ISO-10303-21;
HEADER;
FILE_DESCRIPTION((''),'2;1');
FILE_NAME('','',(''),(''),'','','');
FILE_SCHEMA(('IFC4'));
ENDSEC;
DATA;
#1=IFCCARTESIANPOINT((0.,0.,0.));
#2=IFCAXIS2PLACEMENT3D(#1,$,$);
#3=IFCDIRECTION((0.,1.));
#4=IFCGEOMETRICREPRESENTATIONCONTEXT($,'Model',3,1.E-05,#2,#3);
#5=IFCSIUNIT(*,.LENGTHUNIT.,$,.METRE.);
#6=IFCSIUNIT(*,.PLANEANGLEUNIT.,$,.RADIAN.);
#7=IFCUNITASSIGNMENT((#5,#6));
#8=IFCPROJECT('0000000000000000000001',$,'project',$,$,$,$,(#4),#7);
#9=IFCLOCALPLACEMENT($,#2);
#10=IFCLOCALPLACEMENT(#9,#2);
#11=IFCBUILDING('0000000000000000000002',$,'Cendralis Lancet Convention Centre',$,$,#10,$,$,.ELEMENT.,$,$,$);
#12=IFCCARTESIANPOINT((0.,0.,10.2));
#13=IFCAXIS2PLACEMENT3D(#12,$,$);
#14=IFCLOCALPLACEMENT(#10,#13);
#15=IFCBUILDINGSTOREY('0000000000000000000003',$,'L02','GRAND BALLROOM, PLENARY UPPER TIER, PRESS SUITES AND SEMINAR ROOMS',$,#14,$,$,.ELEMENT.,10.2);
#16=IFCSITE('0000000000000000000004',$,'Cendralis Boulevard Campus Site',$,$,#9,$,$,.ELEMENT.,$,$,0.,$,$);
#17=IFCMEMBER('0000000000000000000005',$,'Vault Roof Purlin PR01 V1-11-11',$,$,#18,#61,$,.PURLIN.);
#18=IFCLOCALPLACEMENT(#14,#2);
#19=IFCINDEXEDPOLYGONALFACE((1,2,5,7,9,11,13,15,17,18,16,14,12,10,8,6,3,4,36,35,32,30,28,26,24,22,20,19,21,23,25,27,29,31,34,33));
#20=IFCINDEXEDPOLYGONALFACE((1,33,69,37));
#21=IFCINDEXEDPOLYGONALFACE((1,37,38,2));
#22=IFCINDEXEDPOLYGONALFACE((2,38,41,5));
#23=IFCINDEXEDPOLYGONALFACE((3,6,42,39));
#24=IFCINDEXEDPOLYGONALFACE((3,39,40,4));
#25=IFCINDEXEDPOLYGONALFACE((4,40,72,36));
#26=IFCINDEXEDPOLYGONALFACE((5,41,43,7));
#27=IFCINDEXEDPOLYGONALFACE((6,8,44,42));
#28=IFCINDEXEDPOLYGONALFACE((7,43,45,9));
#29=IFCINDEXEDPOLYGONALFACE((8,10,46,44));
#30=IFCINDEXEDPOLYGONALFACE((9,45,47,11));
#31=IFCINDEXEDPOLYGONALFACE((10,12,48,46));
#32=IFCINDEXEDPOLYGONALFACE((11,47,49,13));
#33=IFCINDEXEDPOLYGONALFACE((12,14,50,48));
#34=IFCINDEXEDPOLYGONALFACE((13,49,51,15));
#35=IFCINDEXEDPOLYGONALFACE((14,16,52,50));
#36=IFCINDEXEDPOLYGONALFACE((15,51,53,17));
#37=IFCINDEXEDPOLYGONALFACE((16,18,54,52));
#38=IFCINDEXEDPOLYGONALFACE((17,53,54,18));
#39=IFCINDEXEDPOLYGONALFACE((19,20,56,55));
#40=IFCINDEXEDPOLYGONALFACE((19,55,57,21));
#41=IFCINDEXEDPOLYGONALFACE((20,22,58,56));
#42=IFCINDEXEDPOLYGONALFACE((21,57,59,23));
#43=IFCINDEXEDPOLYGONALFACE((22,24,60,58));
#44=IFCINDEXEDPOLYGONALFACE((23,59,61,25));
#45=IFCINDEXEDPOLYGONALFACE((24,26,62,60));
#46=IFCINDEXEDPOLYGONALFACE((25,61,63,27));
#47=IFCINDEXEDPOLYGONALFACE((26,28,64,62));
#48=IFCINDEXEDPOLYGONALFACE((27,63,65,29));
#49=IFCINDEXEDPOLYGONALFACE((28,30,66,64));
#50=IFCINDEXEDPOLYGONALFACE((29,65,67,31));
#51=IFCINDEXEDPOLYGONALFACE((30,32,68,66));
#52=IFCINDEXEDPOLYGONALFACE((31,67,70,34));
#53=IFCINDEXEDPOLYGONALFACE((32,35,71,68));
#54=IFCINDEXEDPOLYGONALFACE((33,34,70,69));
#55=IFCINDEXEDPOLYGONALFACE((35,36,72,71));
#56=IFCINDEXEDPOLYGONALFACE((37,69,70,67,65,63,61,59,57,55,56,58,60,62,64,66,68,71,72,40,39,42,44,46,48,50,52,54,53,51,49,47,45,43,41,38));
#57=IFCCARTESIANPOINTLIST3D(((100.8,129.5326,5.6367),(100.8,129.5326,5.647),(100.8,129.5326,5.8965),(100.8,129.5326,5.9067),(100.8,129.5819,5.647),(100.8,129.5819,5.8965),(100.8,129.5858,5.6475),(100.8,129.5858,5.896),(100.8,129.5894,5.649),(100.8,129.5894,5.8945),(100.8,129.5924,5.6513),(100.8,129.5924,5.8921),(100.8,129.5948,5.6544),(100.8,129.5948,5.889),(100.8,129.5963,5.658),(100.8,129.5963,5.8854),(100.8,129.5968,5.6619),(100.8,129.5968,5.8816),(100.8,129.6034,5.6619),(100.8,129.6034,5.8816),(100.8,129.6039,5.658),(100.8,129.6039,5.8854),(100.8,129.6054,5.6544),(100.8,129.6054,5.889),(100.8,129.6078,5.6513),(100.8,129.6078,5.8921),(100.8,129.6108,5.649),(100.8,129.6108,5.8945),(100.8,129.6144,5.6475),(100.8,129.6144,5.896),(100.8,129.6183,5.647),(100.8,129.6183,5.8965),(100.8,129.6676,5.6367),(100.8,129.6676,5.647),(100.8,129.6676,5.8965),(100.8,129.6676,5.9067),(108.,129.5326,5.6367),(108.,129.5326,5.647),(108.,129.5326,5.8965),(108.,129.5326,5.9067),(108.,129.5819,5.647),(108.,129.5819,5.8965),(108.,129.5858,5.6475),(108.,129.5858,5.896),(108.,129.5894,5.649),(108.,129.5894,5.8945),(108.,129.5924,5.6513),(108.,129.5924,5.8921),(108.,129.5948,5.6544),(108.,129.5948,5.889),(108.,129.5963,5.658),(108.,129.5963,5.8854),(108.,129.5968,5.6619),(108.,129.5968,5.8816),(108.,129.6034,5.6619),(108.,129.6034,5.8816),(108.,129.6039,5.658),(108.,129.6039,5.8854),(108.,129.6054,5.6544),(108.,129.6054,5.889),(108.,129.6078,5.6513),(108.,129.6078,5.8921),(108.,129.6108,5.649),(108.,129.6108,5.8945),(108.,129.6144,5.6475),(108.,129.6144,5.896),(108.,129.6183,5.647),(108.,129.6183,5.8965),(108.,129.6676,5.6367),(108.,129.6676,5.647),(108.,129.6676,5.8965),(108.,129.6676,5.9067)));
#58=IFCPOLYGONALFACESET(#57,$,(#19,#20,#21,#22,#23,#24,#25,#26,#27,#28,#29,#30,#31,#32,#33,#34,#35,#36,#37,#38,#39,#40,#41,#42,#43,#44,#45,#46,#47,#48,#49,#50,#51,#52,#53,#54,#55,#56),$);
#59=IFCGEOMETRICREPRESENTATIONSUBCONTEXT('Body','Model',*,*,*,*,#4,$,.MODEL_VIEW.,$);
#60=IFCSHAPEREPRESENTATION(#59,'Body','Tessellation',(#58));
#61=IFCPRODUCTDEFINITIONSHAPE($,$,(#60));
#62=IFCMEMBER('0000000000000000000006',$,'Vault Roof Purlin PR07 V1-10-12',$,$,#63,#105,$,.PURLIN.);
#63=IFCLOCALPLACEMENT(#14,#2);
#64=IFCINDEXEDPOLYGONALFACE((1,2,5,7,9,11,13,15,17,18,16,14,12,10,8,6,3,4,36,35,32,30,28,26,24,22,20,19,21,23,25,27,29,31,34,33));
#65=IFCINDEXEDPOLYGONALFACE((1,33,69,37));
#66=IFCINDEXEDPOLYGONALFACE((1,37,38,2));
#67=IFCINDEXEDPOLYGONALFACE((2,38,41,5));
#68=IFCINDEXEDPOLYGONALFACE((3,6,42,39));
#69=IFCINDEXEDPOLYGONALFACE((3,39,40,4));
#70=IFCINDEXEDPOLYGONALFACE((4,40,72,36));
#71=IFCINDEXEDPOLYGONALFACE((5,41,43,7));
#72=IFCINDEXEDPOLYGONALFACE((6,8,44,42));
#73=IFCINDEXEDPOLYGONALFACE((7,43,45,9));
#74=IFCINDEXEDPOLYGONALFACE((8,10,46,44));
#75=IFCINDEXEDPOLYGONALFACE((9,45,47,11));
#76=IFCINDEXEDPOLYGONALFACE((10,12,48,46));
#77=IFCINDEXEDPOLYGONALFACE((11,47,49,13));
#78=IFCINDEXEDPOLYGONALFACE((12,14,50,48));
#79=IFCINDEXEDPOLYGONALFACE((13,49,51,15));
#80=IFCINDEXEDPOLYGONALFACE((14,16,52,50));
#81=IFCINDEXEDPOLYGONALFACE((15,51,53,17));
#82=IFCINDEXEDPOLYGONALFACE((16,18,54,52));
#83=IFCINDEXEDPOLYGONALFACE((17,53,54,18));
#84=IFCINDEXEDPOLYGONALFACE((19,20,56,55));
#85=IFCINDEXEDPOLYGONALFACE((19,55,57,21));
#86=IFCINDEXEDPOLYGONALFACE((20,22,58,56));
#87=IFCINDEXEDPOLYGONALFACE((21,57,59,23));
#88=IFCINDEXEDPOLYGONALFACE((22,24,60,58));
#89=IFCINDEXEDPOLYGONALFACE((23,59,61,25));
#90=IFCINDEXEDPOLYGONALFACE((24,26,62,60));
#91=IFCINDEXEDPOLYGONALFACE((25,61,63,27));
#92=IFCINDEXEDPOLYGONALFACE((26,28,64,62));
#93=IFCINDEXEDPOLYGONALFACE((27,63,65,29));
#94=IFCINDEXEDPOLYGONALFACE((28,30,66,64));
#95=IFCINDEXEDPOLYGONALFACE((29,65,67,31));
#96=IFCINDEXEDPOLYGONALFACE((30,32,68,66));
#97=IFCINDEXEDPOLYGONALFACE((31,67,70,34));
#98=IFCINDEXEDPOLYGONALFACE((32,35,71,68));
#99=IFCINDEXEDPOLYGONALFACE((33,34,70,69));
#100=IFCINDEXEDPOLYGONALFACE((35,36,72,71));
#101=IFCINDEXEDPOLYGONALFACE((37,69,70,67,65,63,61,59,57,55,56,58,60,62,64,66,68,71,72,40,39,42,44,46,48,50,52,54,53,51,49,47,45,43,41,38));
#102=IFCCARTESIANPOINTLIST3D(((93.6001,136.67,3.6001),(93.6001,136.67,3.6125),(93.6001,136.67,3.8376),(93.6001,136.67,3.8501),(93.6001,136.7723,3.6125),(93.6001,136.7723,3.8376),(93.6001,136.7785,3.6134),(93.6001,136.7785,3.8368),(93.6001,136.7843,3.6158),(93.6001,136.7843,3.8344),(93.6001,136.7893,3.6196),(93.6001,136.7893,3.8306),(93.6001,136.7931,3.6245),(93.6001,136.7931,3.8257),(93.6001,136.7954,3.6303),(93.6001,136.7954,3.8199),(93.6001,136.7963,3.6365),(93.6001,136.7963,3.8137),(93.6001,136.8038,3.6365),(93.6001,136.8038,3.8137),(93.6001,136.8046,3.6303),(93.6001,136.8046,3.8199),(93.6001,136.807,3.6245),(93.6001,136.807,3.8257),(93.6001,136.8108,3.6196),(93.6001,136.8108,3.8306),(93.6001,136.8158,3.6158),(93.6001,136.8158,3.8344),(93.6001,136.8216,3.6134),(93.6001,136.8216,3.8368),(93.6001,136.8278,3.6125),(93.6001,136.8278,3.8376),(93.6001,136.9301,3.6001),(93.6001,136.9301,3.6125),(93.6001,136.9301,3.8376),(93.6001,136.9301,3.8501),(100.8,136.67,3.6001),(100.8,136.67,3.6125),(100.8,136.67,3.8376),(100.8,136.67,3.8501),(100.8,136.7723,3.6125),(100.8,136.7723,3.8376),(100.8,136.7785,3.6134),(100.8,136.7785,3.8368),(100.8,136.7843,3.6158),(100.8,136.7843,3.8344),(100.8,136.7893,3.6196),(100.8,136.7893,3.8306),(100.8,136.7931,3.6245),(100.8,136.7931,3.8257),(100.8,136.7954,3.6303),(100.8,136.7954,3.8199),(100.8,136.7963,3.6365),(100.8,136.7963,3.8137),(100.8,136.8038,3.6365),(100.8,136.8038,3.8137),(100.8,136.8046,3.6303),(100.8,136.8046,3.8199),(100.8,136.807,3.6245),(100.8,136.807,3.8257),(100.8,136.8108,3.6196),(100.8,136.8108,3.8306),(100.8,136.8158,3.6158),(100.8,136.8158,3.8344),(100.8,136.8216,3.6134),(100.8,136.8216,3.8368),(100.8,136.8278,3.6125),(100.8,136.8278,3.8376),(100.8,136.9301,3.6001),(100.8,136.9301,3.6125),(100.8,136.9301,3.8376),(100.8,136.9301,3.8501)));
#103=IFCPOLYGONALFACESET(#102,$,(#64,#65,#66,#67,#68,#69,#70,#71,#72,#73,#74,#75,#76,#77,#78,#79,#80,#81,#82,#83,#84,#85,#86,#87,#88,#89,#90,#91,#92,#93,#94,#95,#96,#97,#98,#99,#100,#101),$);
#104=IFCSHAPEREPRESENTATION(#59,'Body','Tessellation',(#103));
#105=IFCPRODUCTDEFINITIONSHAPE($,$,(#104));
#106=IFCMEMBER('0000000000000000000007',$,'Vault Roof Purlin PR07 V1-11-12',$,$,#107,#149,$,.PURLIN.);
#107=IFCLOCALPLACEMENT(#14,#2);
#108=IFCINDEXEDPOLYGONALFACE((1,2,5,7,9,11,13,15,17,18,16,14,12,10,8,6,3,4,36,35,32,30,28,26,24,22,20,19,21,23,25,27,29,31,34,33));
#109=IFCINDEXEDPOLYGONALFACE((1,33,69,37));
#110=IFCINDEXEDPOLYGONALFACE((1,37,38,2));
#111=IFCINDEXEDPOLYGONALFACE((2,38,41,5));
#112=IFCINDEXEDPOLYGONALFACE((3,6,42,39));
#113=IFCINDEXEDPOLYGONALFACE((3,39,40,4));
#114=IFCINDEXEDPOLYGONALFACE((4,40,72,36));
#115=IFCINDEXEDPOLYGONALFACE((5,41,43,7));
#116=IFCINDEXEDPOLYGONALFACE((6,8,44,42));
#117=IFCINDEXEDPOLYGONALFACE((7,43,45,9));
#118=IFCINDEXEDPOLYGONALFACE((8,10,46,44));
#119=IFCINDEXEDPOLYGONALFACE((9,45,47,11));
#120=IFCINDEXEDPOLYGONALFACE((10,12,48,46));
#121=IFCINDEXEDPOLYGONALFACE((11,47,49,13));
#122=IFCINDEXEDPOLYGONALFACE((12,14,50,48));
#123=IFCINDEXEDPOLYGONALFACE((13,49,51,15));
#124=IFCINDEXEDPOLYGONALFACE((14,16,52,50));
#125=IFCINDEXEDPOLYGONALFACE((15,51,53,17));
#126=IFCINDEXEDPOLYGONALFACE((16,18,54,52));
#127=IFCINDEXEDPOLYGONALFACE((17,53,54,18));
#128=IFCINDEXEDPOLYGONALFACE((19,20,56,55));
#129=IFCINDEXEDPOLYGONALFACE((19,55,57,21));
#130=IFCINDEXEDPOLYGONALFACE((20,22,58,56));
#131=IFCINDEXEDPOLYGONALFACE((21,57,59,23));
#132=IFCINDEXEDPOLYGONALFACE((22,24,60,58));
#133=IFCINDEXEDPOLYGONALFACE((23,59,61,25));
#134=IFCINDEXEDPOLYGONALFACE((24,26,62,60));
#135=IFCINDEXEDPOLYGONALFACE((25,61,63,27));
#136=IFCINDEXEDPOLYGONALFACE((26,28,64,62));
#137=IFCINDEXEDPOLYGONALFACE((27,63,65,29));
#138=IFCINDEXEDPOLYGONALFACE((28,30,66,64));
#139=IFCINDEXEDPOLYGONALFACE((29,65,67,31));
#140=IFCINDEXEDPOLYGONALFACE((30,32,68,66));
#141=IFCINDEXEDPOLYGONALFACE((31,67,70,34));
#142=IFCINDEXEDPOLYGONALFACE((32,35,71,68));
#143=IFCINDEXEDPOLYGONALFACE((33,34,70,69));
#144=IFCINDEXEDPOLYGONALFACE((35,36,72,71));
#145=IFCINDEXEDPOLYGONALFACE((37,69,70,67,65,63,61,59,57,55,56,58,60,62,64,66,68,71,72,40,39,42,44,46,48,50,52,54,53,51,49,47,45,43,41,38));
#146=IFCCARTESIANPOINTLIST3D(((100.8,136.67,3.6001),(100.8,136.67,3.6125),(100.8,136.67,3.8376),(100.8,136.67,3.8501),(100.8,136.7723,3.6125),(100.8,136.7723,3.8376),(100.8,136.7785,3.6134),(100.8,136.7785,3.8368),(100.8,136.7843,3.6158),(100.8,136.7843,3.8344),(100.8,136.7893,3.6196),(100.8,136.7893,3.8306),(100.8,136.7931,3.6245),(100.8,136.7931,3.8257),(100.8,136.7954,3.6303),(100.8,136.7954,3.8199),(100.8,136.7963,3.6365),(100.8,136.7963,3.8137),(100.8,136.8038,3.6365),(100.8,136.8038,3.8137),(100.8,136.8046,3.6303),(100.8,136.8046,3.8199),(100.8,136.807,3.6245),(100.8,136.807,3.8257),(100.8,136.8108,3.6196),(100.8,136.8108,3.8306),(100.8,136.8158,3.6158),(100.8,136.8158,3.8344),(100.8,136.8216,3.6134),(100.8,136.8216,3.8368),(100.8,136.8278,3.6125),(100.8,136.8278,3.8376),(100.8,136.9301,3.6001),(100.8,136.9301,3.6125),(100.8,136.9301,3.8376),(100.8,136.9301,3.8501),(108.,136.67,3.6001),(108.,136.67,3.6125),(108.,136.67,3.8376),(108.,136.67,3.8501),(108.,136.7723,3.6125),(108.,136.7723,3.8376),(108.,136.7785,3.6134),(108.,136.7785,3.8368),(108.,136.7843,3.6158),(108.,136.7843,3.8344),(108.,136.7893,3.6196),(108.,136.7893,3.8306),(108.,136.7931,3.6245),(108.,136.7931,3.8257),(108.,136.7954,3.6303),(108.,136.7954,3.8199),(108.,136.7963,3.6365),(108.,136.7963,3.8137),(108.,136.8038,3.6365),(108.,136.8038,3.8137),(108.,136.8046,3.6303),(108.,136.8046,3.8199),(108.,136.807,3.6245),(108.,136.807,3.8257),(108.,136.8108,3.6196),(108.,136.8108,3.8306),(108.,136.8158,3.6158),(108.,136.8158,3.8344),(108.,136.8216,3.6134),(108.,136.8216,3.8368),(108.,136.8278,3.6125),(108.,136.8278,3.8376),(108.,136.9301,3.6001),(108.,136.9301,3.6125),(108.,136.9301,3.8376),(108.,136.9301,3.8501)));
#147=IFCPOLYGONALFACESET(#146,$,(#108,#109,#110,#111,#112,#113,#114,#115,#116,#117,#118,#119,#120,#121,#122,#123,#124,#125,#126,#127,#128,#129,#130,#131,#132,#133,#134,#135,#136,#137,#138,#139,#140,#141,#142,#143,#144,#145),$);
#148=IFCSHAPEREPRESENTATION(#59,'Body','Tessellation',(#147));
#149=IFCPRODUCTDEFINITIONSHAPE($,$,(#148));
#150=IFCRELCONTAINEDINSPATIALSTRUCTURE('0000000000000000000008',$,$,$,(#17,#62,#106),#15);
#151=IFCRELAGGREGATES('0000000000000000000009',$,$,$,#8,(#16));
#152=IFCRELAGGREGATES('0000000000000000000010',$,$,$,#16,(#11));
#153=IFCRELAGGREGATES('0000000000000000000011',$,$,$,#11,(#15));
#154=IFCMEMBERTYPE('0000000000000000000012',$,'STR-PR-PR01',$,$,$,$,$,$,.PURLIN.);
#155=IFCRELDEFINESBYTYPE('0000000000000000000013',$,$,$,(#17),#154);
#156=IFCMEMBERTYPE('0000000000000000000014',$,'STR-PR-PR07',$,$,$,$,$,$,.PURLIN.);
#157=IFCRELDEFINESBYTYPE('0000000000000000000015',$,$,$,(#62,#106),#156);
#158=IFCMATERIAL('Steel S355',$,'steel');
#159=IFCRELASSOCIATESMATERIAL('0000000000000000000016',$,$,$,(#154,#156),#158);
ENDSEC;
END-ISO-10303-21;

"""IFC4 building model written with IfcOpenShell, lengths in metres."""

from ifc_helpers import new_model, si_unit, direction, frame, origin, origin_2d, place, context, subcontext, project, spatial, i_section, extrude, material, material_profile, profile_set, type_object, element, save


model = new_model("IFC4")

# Units and contexts
model_context = context("Model", 3, precision=1e-05, world=origin(), true_north=direction((0.0, 1.0)))
body_context = subcontext(model_context, "Body", "Model", "MODEL_VIEW")
ifc_project = project(units=[si_unit("LENGTHUNIT", "METRE"), si_unit("PLANEANGLEUNIT", "RADIAN")], contexts=[model_context])

# Site, building, storey
site_placement = place(None, origin())
site = spatial("IfcSite", under=ifc_project, at=site_placement, Name="Cendralis Boulevard Campus Site", CompositionType="ELEMENT", RefElevation=0.0)
building_placement = place(site_placement, origin())
building = spatial("IfcBuilding", under=site, at=building_placement, Name="Cendralis Lancet Convention Centre", CompositionType="ELEMENT")
storey_placement = place(building_placement, frame((0.0, 0.0, 10.2)))
storey = spatial("IfcBuildingStorey", under=building, at=storey_placement, Name="L02", Description="GRAND BALLROOM, PLENARY UPPER TIER, PRESS SUITES AND SEMINAR ROOMS", CompositionType="ELEMENT", Elevation=10.2)

# Members
ifc_material_1 = material(Name="Steel S355", Category="steel")
ifc_material_profile_1 = material_profile(ifc_material_1, i_section(OverallWidth=0.135, OverallDepth=0.27, WebThickness=0.0066, FlangeThickness=0.0103, FilletRadius=0.0149, at=origin_2d()), Name="IPE 270")
ifc_profile_set_1 = profile_set([ifc_material_profile_1], Name="Steel S355")
member_type_1 = type_object("IfcMemberType", Name="STR-PR-PR01", PredefinedType="PURLIN", material=ifc_profile_set_1)
for number, where, z_axis, x_axis, name in (
    (1, (100.8, 129.6001, 5.7717), (1.0, 0.0, 0.0), (0.0, 1.0, 0.0), "Vault Roof Purlin PR01 V1-11-11"),
):
    element("IfcMember", number, at=place(storey_placement, frame(where, z_axis=z_axis, x_axis=x_axis)), inside=storey, type_object=member_type_1, Name=name, PredefinedType="PURLIN", context=body_context, shape_type="SweptSolid", body=[
        extrude(i_section(OverallWidth=0.135, OverallDepth=0.27, WebThickness=0.0066, FlangeThickness=0.0103, FilletRadius=0.0149, at=origin_2d()), origin(), (0.0, 0.0, 1.0), 7.2),
    ])
ifc_material_profile_2 = material_profile(ifc_material_1, i_section(OverallWidth=0.26, OverallDepth=0.25, WebThickness=0.0076, FlangeThickness=0.0125, FilletRadius=0.0239, at=origin_2d()), Name="HEA 260")
ifc_profile_set_2 = profile_set([ifc_material_profile_2], Name="Steel S355")
member_type_2 = type_object("IfcMemberType", Name="STR-PR-PR07", PredefinedType="PURLIN", material=ifc_profile_set_2)
for number, where, z_axis, x_axis, name in (
    (2, (93.6001, 136.8, 3.7251), (1.0, 0.0, 0.0), (0.0, 1.0, 0.0), "Vault Roof Purlin PR07 V1-10-12"),
    (3, (100.8, 136.8, 3.7251), (1.0, 0.0, 0.0), (0.0, 1.0, 0.0), "Vault Roof Purlin PR07 V1-11-12"),
):
    element("IfcMember", number, at=place(storey_placement, frame(where, z_axis=z_axis, x_axis=x_axis)), inside=storey, type_object=member_type_2, Name=name, PredefinedType="PURLIN", context=body_context, shape_type="SweptSolid", body=[
        extrude(i_section(OverallWidth=0.26, OverallDepth=0.25, WebThickness=0.0076, FlangeThickness=0.0125, FilletRadius=0.0239, at=origin_2d()), origin(), (0.0, 0.0, 1.0), 7.2),
    ])

save(model, "model.ifc")
